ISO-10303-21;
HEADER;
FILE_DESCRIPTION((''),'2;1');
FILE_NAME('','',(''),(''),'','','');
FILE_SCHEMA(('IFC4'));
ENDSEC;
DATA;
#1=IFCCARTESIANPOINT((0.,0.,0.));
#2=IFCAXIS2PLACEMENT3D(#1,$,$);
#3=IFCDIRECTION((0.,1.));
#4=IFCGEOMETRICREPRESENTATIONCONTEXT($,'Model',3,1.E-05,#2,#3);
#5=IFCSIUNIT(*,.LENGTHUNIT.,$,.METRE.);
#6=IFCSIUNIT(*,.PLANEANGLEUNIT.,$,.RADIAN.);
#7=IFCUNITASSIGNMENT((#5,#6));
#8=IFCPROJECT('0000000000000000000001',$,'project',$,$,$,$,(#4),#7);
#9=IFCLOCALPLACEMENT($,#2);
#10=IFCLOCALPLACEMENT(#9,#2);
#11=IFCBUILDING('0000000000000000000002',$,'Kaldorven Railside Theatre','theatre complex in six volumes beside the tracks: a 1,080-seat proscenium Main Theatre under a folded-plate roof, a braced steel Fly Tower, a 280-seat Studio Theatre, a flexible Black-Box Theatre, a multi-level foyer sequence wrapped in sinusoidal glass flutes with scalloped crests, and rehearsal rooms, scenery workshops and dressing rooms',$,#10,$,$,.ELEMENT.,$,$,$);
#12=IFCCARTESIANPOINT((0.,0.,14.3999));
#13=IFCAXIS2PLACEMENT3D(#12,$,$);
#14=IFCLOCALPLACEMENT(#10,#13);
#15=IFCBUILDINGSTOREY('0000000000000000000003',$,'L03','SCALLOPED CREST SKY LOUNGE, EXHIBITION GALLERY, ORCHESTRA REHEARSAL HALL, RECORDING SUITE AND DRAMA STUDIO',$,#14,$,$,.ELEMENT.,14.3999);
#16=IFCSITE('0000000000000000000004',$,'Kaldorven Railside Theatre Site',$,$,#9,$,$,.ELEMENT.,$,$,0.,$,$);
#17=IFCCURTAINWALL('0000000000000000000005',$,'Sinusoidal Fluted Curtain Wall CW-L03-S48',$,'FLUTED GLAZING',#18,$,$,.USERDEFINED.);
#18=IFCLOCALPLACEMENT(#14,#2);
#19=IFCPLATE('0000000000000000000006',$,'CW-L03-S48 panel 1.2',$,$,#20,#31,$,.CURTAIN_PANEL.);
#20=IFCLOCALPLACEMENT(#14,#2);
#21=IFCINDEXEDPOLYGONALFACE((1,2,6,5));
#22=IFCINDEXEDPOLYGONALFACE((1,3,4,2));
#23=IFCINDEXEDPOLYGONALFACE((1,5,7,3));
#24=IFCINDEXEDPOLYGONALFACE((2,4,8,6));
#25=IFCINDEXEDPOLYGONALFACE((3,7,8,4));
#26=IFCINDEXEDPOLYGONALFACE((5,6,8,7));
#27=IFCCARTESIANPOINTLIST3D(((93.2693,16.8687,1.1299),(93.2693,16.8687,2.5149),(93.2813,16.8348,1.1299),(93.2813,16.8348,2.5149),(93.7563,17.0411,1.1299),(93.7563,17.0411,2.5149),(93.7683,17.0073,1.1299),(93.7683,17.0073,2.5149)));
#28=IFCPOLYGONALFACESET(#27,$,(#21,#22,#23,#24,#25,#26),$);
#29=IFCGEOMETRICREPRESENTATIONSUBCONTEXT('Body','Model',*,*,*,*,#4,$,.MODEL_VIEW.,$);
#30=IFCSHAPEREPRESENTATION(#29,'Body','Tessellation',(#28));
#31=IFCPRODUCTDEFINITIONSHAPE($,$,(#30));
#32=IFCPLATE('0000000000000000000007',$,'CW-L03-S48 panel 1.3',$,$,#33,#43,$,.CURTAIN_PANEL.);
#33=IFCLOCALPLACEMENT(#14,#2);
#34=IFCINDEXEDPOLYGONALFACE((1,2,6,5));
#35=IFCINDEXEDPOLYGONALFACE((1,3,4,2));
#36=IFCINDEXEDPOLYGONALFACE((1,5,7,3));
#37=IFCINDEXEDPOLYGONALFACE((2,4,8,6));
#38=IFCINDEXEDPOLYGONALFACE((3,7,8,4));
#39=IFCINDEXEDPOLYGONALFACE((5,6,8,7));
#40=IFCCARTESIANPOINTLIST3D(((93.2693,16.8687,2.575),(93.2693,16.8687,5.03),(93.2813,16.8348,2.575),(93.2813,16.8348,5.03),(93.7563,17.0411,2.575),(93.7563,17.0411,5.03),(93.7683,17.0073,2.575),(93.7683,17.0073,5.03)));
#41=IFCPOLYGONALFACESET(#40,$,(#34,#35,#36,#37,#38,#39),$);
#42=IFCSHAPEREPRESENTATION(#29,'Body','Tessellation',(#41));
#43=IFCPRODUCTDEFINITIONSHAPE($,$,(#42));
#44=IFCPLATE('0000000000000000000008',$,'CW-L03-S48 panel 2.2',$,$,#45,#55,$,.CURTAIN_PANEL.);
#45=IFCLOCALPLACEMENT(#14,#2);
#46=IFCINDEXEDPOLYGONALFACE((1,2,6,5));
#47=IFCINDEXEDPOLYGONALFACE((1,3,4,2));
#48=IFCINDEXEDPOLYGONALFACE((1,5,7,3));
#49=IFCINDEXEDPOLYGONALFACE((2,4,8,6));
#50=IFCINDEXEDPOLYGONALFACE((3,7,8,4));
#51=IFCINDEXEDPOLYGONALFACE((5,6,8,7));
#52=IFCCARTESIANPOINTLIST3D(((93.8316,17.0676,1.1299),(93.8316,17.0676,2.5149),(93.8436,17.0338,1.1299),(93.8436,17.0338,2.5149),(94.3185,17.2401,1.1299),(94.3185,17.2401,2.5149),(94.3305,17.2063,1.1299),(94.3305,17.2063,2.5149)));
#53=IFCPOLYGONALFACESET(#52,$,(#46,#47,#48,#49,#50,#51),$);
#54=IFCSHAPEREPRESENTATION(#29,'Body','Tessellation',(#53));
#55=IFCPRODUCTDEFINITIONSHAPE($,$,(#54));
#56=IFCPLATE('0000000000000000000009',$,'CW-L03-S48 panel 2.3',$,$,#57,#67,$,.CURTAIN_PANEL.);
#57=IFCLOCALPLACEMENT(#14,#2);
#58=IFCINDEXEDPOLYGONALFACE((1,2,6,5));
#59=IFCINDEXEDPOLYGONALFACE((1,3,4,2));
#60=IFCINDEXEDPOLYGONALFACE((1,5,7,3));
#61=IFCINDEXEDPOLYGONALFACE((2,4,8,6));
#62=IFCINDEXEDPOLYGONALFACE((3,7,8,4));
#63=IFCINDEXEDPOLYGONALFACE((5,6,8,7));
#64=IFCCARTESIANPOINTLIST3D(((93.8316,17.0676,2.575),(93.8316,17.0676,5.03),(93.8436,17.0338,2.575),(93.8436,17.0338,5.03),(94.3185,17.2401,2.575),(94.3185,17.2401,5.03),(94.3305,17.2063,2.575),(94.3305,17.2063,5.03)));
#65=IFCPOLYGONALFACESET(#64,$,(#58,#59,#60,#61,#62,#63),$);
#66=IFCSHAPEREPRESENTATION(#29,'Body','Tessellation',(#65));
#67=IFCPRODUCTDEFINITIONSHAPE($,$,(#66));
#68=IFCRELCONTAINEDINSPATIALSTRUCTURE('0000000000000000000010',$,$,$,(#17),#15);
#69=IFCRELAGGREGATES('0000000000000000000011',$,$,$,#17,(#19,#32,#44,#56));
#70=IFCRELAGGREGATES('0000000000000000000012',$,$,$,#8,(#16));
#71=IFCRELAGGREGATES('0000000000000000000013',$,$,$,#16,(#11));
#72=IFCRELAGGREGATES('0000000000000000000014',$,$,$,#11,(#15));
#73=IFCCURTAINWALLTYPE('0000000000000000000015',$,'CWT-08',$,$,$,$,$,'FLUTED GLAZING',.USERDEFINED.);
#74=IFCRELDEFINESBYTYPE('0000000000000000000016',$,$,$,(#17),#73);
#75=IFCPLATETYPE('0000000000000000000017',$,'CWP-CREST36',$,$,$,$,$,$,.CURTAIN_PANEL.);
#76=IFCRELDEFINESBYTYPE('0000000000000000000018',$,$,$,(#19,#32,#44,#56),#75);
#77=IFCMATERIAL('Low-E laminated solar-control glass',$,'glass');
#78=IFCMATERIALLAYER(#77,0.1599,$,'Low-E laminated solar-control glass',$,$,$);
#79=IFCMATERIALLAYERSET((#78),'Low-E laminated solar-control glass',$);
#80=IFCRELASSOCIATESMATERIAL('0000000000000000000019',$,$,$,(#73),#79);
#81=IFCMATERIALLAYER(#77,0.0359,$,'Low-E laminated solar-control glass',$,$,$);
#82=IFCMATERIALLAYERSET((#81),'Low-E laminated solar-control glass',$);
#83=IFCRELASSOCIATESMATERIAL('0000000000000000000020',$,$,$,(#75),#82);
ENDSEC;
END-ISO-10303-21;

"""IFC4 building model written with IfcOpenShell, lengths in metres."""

from ifc_helpers import new_model, si_unit, direction, frame, origin, origin_2d, place, context, subcontext, project, spatial, rectangle, extrude, material, layer, layer_set, type_object, element, aggregate, save


model = new_model("IFC4")

# Units and contexts
model_context = context("Model", 3, precision=1e-05, world=origin(), true_north=direction((0.0, 1.0)))
body_context = subcontext(model_context, "Body", "Model", "MODEL_VIEW")
ifc_project = project(units=[si_unit("LENGTHUNIT", "METRE"), si_unit("PLANEANGLEUNIT", "RADIAN")], contexts=[model_context])

# Site, building, storey
site_placement = place(None, origin())
site = spatial("IfcSite", under=ifc_project, at=site_placement, Name="Kaldorven Railside Theatre Site", CompositionType="ELEMENT", RefElevation=0.0)
building_placement = place(site_placement, origin())
building = spatial("IfcBuilding", under=site, at=building_placement, Name="Kaldorven Railside Theatre", Description="theatre complex in six volumes beside the tracks: a 1,080-seat proscenium Main Theatre under a folded-plate roof, a braced steel Fly Tower, a 280-seat Studio Theatre, a flexible Black-Box Theatre, a multi-level foyer sequence wrapped in sinusoidal glass flutes with scalloped crests, and rehearsal rooms, scenery workshops and dressing rooms", CompositionType="ELEMENT")
storey_placement = place(building_placement, frame((0.0, 0.0, 14.3999)))
storey = spatial("IfcBuildingStorey", under=building, at=storey_placement, Name="L03", Description="SCALLOPED CREST SKY LOUNGE, EXHIBITION GALLERY, ORCHESTRA REHEARSAL HALL, RECORDING SUITE AND DRAMA STUDIO", CompositionType="ELEMENT", Elevation=14.3999)

# Curtain wall
ifc_material_1 = material(Name="Low-E laminated solar-control glass", Category="glass")
ifc_layer_1 = layer(ifc_material_1, 0.1599, Name="Low-E laminated solar-control glass")
ifc_layer_set_1 = layer_set([ifc_layer_1], Name="Low-E laminated solar-control glass")
curtain_wall_type_1 = type_object("IfcCurtainWallType", Name="CWT-08", ElementType="FLUTED GLAZING", PredefinedType="USERDEFINED", material=ifc_layer_set_1)
curtain_wall_1_placement = place(storey_placement, origin())
curtain_wall_1 = element("IfcCurtainWall", 1, at=curtain_wall_1_placement, inside=storey, type_object=curtain_wall_type_1, Name="Sinusoidal Fluted Curtain Wall CW-L03-S48", ObjectType="FLUTED GLAZING", PredefinedType="USERDEFINED")

# Plates
ifc_layer_2 = layer(ifc_material_1, 0.0359, Name="Low-E laminated solar-control glass")
ifc_layer_set_2 = layer_set([ifc_layer_2], Name="Low-E laminated solar-control glass")
plate_type = type_object("IfcPlateType", Name="CWP-CREST36", PredefinedType="CURTAIN_PANEL", material=ifc_layer_set_2)
plate_1_placement = place(storey_placement, frame((93.5188, 16.938, 1.1299), z_axis=(0.0, 0.0, 1.0), x_axis=(0.942627, 0.333847, 0.0)))
plate_1 = element("IfcPlate", 2, at=plate_1_placement, type_object=plate_type, Name="CW-L03-S48 panel 1.2", PredefinedType="CURTAIN_PANEL", context=body_context, shape_type="SweptSolid", body=[
    extrude(rectangle(XDim=0.5166, YDim=0.0359, at=origin_2d()), origin(), (0.0, 0.0, 1.0), 1.385),
])
plate_2_placement = place(storey_placement, frame((93.5188, 16.938, 2.575), z_axis=(0.0, 0.0, 1.0), x_axis=(0.942627, 0.333847, 0.0)))
plate_2 = element("IfcPlate", 3, at=plate_2_placement, type_object=plate_type, Name="CW-L03-S48 panel 1.3", PredefinedType="CURTAIN_PANEL", context=body_context, shape_type="SweptSolid", body=[
    extrude(rectangle(XDim=0.5166, YDim=0.0359, at=origin_2d()), origin(), (0.0, 0.0, 1.0), 2.4551),
])
plate_3_placement = place(storey_placement, frame((94.0811, 17.137, 1.1299), z_axis=(0.0, 0.0, 1.0), x_axis=(0.942627, 0.333847, 0.0)))
plate_3 = element("IfcPlate", 4, at=plate_3_placement, type_object=plate_type, Name="CW-L03-S48 panel 2.2", PredefinedType="CURTAIN_PANEL", context=body_context, shape_type="SweptSolid", body=[
    extrude(rectangle(XDim=0.5166, YDim=0.0359, at=origin_2d()), origin(), (0.0, 0.0, 1.0), 1.385),
])
plate_4_placement = place(storey_placement, frame((94.0811, 17.137, 2.575), z_axis=(0.0, 0.0, 1.0), x_axis=(0.942627, 0.333847, 0.0)))
plate_4 = element("IfcPlate", 5, at=plate_4_placement, type_object=plate_type, Name="CW-L03-S48 panel 2.3", PredefinedType="CURTAIN_PANEL", context=body_context, shape_type="SweptSolid", body=[
    extrude(rectangle(XDim=0.5166, YDim=0.0359, at=origin_2d()), origin(), (0.0, 0.0, 1.0), 2.4551),
])
aggregate(curtain_wall_1, [plate_1, plate_2, plate_3, plate_4])

save(model, "model.ifc")
